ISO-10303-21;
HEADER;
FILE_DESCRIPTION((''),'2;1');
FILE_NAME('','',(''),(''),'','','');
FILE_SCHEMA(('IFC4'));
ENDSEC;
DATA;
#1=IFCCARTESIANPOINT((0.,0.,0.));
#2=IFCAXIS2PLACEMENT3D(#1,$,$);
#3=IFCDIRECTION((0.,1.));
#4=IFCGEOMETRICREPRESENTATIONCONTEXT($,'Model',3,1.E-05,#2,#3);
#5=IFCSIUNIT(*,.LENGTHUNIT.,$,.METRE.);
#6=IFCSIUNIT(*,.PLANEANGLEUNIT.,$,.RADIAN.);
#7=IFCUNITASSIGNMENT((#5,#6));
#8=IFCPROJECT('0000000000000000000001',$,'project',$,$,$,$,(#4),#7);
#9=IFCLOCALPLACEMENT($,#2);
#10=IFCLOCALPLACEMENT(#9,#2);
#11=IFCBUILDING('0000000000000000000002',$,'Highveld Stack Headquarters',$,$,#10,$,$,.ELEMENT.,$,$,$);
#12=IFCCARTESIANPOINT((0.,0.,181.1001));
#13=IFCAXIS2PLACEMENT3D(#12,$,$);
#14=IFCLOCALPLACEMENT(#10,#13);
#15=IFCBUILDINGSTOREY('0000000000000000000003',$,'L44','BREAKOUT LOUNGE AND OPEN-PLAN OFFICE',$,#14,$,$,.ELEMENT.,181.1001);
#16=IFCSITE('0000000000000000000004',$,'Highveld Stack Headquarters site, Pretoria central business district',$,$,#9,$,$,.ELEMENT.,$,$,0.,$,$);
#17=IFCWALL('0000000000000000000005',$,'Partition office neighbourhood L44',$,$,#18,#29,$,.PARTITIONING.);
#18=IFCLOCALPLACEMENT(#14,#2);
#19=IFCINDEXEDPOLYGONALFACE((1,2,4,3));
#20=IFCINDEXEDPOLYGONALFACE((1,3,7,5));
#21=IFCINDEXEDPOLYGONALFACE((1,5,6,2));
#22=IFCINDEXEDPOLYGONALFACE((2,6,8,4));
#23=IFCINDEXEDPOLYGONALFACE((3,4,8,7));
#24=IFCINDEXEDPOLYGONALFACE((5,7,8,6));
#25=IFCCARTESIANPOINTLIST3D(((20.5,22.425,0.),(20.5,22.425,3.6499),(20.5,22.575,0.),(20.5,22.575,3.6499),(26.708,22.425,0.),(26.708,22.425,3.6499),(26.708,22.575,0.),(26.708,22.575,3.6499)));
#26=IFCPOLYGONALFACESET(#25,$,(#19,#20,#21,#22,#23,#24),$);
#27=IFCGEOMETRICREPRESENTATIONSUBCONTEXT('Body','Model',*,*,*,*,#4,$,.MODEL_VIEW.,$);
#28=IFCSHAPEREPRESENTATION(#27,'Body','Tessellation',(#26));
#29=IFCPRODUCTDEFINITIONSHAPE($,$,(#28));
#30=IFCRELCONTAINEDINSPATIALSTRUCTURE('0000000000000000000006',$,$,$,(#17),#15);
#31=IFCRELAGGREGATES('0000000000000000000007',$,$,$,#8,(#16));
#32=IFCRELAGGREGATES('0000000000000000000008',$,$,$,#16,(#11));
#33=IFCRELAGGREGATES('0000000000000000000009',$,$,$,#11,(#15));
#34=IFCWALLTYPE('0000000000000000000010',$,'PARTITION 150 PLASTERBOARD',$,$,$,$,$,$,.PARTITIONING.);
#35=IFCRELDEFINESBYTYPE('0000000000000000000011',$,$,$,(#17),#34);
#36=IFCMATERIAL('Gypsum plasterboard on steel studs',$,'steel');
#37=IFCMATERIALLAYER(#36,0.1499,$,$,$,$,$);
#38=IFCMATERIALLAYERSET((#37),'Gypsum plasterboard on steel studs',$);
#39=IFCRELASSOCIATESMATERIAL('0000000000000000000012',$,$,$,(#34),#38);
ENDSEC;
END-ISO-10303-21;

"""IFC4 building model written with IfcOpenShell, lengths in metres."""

from ifc_helpers import new_model, si_unit, direction, frame, frame_2d, origin, place, context, subcontext, project, spatial, rectangle, extrude, material, layer, layer_set, type_object, element, save


model = new_model("IFC4")

# Units and contexts
model_context = context("Model", 3, precision=1e-05, world=origin(), true_north=direction((0.0, 1.0)))
body_context = subcontext(model_context, "Body", "Model", "MODEL_VIEW")
ifc_project = project(units=[si_unit("LENGTHUNIT", "METRE"), si_unit("PLANEANGLEUNIT", "RADIAN")], contexts=[model_context])

# Site, building, storey
site_placement = place(None, origin())
site = spatial("IfcSite", under=ifc_project, at=site_placement, Name="Highveld Stack Headquarters site, Pretoria central business district", CompositionType="ELEMENT", RefElevation=0.0)
building_placement = place(site_placement, origin())
building = spatial("IfcBuilding", under=site, at=building_placement, Name="Highveld Stack Headquarters", CompositionType="ELEMENT")
storey_placement = place(building_placement, frame((0.0, 0.0, 181.1001)))
storey = spatial("IfcBuildingStorey", under=building, at=storey_placement, Name="L44", Description="BREAKOUT LOUNGE AND OPEN-PLAN OFFICE", CompositionType="ELEMENT", Elevation=181.1001)

# Shared definitions
ifc_material_1 = material(Name="Gypsum plasterboard on steel studs", Category="steel")
ifc_layer_1 = layer(ifc_material_1, 0.1499)
ifc_layer_set_1 = layer_set([ifc_layer_1], Name="Gypsum plasterboard on steel studs")
wall_type_1 = type_object("IfcWallType", Name="PARTITION 150 PLASTERBOARD", PredefinedType="PARTITIONING", material=ifc_layer_set_1)

# Wall
wall_1_placement = place(storey_placement, frame((20.5, 22.5, 0.0), z_axis=(0.0, 0.0, 1.0), x_axis=(1.0, 0.0, 0.0)))
element("IfcWall", 1, at=wall_1_placement, inside=storey, type_object=wall_type_1, Name="Partition office neighbourhood L44", PredefinedType="PARTITIONING", context=body_context, shape_type="SweptSolid", body=[
    extrude(rectangle(XDim=6.208, YDim=0.1499, at=frame_2d((3.104, 0.0))), origin(), (0.0, 0.0, 1.0), 3.6499),
])

save(model, "model.ifc")
